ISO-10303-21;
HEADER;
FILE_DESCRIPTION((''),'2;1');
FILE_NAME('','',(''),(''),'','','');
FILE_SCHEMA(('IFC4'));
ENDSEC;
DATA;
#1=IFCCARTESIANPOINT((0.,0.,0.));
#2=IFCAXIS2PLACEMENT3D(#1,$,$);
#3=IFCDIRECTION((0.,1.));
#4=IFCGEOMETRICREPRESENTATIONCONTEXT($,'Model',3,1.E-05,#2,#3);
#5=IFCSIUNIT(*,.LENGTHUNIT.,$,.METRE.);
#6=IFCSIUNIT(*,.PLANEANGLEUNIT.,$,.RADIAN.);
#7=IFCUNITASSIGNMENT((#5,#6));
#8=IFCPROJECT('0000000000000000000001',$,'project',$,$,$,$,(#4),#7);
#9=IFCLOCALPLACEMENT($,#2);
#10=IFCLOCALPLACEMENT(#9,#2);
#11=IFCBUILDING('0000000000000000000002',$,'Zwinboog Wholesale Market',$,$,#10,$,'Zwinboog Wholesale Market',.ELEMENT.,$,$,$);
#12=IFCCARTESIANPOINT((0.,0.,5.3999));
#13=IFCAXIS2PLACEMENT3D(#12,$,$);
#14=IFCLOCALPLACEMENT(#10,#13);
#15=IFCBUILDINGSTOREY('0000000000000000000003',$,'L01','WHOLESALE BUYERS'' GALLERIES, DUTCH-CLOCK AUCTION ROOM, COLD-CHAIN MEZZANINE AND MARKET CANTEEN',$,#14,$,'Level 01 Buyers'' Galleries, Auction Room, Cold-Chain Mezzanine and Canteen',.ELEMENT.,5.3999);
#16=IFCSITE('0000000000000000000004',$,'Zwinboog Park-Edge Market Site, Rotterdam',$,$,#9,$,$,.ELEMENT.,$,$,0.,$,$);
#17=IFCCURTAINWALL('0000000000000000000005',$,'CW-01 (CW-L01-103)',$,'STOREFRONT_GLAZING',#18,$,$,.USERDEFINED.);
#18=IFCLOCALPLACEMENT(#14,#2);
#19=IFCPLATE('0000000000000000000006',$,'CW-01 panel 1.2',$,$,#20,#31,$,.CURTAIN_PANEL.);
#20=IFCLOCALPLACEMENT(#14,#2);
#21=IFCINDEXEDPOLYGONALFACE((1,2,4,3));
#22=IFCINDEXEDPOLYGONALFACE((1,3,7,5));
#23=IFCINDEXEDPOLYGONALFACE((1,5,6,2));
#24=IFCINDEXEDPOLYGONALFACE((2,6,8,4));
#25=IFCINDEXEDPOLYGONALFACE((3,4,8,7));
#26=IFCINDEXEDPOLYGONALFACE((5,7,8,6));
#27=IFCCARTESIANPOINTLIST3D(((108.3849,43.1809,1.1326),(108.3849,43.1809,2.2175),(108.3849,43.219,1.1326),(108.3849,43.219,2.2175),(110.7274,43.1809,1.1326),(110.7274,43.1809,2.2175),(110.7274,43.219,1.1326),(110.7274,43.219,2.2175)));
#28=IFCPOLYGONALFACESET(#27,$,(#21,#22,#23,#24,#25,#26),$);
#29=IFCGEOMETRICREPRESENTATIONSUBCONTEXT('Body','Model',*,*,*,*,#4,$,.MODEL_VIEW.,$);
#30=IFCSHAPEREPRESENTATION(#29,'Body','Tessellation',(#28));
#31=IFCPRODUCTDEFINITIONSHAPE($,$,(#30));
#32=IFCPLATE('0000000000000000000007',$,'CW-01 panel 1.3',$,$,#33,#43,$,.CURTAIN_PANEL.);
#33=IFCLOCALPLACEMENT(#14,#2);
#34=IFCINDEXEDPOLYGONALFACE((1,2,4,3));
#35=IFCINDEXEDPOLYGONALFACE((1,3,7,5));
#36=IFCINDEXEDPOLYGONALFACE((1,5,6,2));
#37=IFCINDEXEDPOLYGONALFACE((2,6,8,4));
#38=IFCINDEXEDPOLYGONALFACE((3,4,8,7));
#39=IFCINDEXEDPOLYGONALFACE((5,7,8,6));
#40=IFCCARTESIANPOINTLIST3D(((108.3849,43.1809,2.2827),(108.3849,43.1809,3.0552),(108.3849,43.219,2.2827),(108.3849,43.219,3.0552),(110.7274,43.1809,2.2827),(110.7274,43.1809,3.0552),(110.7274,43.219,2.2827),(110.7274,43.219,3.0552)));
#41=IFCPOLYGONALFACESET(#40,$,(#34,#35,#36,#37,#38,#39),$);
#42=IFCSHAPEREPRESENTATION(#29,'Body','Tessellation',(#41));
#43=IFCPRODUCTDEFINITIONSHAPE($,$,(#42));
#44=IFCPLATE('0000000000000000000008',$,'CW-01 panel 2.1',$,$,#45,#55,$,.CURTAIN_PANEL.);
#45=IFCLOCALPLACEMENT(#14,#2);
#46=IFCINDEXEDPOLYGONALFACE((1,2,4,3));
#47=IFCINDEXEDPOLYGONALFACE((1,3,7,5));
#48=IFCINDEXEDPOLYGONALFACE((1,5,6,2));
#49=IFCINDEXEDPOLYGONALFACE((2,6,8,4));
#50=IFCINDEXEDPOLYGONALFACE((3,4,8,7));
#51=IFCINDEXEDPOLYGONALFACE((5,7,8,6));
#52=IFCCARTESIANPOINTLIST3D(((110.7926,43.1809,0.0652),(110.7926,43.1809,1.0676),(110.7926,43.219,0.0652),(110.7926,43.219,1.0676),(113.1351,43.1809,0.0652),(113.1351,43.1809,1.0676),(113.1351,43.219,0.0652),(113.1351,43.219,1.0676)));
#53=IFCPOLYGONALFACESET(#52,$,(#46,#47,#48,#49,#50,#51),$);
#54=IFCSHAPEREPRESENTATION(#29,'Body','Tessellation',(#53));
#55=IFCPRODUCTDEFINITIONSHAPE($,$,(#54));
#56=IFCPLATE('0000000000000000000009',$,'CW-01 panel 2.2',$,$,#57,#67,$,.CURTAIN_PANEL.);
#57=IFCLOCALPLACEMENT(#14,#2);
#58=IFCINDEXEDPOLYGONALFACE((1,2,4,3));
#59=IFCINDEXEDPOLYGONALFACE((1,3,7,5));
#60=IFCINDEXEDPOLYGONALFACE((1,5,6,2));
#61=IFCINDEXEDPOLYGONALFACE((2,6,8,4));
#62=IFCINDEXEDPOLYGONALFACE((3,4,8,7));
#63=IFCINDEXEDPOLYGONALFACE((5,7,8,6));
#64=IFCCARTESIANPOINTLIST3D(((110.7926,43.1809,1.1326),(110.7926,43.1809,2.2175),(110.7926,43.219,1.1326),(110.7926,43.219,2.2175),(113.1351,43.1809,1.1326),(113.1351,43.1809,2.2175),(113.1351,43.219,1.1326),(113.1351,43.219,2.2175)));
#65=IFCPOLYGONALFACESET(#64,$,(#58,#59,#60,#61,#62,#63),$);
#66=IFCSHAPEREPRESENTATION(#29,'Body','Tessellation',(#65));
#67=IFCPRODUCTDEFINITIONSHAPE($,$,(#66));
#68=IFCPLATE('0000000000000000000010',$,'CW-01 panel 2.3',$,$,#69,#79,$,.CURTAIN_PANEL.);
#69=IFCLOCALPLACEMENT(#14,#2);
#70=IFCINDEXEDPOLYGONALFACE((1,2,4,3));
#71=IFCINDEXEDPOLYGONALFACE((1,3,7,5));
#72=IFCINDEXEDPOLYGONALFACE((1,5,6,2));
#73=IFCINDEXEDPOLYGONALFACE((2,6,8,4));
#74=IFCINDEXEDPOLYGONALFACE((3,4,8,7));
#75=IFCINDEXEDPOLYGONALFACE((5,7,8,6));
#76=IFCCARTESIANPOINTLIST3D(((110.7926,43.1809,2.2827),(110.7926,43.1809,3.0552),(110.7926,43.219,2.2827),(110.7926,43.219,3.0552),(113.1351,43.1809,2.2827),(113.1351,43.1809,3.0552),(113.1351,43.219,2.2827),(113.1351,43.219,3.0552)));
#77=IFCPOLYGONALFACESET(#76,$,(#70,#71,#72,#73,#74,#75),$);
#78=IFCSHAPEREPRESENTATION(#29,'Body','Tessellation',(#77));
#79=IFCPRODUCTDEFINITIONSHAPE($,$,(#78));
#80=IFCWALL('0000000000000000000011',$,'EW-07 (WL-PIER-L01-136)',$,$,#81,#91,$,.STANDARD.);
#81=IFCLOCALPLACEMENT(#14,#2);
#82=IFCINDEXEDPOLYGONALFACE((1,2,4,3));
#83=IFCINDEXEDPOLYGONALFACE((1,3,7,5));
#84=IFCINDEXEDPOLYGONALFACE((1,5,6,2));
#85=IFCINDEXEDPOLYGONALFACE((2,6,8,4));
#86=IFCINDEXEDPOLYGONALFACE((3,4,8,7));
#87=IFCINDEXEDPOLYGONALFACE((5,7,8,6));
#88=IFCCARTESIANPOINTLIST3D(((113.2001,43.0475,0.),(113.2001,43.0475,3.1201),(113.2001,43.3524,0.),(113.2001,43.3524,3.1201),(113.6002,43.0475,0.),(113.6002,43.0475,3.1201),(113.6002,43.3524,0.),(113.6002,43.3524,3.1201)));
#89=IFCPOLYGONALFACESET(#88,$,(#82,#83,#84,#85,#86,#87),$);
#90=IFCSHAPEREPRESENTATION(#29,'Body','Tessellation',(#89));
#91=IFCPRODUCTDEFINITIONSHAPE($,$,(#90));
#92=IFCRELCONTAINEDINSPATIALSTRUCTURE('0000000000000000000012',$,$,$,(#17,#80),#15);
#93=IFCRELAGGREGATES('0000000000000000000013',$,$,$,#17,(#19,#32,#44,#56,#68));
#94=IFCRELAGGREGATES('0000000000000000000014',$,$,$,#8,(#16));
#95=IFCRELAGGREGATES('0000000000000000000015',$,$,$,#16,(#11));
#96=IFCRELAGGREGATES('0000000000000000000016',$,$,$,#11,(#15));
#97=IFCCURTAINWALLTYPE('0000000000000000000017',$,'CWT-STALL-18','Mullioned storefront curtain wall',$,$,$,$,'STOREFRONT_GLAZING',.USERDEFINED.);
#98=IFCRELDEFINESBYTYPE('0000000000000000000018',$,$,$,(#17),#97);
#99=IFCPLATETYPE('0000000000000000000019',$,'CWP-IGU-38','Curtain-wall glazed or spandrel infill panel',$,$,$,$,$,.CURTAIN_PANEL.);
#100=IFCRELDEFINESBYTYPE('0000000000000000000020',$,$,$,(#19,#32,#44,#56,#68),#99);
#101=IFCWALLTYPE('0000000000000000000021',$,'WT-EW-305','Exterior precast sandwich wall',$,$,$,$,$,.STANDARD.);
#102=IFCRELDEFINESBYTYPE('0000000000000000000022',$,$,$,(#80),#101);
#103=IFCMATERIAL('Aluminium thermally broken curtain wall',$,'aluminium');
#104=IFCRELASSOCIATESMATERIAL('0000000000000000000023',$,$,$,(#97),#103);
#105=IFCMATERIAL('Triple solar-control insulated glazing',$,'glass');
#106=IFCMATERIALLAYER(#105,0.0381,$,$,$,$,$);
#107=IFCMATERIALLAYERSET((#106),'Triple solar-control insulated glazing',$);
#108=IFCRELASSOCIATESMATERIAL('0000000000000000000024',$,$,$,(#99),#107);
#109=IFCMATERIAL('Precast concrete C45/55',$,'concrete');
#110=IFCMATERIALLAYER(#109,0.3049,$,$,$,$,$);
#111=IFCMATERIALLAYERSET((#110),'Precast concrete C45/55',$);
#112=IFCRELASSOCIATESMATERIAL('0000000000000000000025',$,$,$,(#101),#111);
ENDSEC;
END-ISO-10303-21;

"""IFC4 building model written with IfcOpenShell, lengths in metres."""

from ifc_helpers import new_model, si_unit, direction, frame, frame_2d, origin, origin_2d, place, context, subcontext, project, spatial, rectangle, extrude, material, layer, layer_set, type_object, element, aggregate, save


model = new_model("IFC4")

# Units and contexts
model_context = context("Model", 3, precision=1e-05, world=origin(), true_north=direction((0.0, 1.0)))
body_context = subcontext(model_context, "Body", "Model", "MODEL_VIEW")
ifc_project = project(units=[si_unit("LENGTHUNIT", "METRE"), si_unit("PLANEANGLEUNIT", "RADIAN")], contexts=[model_context])

# Site, building, storey
site_placement = place(None, origin())
site = spatial("IfcSite", under=ifc_project, at=site_placement, Name="Zwinboog Park-Edge Market Site, Rotterdam", CompositionType="ELEMENT", RefElevation=0.0)
building_placement = place(site_placement, origin())
building = spatial("IfcBuilding", under=site, at=building_placement, Name="Zwinboog Wholesale Market", LongName="Zwinboog Wholesale Market", CompositionType="ELEMENT")
storey_placement = place(building_placement, frame((0.0, 0.0, 5.3999)))
storey = spatial("IfcBuildingStorey", under=building, at=storey_placement, Name="L01", Description="WHOLESALE BUYERS' GALLERIES, DUTCH-CLOCK AUCTION ROOM, COLD-CHAIN MEZZANINE AND MARKET CANTEEN", LongName="Level 01 Buyers' Galleries, Auction Room, Cold-Chain Mezzanine and Canteen", CompositionType="ELEMENT", Elevation=5.3999)

# Curtain wall
ifc_material_1 = material(Name="Aluminium thermally broken curtain wall", Category="aluminium")
curtain_wall_type_1 = type_object("IfcCurtainWallType", Name="CWT-STALL-18", Description="Mullioned storefront curtain wall", ElementType="STOREFRONT_GLAZING", PredefinedType="USERDEFINED", material=ifc_material_1)
curtain_wall_1_placement = place(storey_placement, origin())
curtain_wall_1 = element("IfcCurtainWall", 1, at=curtain_wall_1_placement, inside=storey, type_object=curtain_wall_type_1, Name="CW-01 (CW-L01-103)", ObjectType="STOREFRONT_GLAZING", PredefinedType="USERDEFINED")

# Plates
ifc_material_2 = material(Name="Triple solar-control insulated glazing", Category="glass")
ifc_layer_1 = layer(ifc_material_2, 0.0381)
ifc_layer_set_1 = layer_set([ifc_layer_1], Name="Triple solar-control insulated glazing")
plate_type = type_object("IfcPlateType", Name="CWP-IGU-38", Description="Curtain-wall glazed or spandrel infill panel", PredefinedType="CURTAIN_PANEL", material=ifc_layer_set_1)
plate_1_placement = place(storey_placement, frame((109.5562, 43.2, 1.1326), z_axis=(0.0, 0.0, 1.0), x_axis=(1.0, 0.0, 0.0)))
plate_1 = element("IfcPlate", 2, at=plate_1_placement, type_object=plate_type, Name="CW-01 panel 1.2", PredefinedType="CURTAIN_PANEL", context=body_context, shape_type="SweptSolid", body=[
    extrude(rectangle(XDim=2.3425, YDim=0.0381, at=origin_2d()), origin(), (0.0, 0.0, 1.0), 1.085),
])
plate_2_placement = place(storey_placement, frame((109.5562, 43.2, 2.2827), z_axis=(0.0, 0.0, 1.0), x_axis=(1.0, 0.0, 0.0)))
plate_2 = element("IfcPlate", 3, at=plate_2_placement, type_object=plate_type, Name="CW-01 panel 1.3", PredefinedType="CURTAIN_PANEL", context=body_context, shape_type="SweptSolid", body=[
    extrude(rectangle(XDim=2.3425, YDim=0.0381, at=origin_2d()), origin(), (0.0, 0.0, 1.0), 0.7725),
])
plate_3_placement = place(storey_placement, frame((111.9639, 43.2, 0.0652), z_axis=(0.0, 0.0, 1.0), x_axis=(1.0, 0.0, 0.0)))
plate_3 = element("IfcPlate", 4, at=plate_3_placement, type_object=plate_type, Name="CW-01 panel 2.1", PredefinedType="CURTAIN_PANEL", context=body_context, shape_type="SweptSolid", body=[
    extrude(rectangle(XDim=2.3425, YDim=0.0381, at=origin_2d()), origin(), (0.0, 0.0, 1.0), 1.0024),
])
plate_4_placement = place(storey_placement, frame((111.9639, 43.2, 1.1326), z_axis=(0.0, 0.0, 1.0), x_axis=(1.0, 0.0, 0.0)))
plate_4 = element("IfcPlate", 5, at=plate_4_placement, type_object=plate_type, Name="CW-01 panel 2.2", PredefinedType="CURTAIN_PANEL", context=body_context, shape_type="SweptSolid", body=[
    extrude(rectangle(XDim=2.3425, YDim=0.0381, at=origin_2d()), origin(), (0.0, 0.0, 1.0), 1.085),
])
plate_5_placement = place(storey_placement, frame((111.9639, 43.2, 2.2827), z_axis=(0.0, 0.0, 1.0), x_axis=(1.0, 0.0, 0.0)))
plate_5 = element("IfcPlate", 6, at=plate_5_placement, type_object=plate_type, Name="CW-01 panel 2.3", PredefinedType="CURTAIN_PANEL", context=body_context, shape_type="SweptSolid", body=[
    extrude(rectangle(XDim=2.3425, YDim=0.0381, at=origin_2d()), origin(), (0.0, 0.0, 1.0), 0.7725),
])
aggregate(curtain_wall_1, [plate_1, plate_2, plate_3, plate_4, plate_5])

# Wall
ifc_material_3 = material(Name="Precast concrete C45/55", Category="concrete")
ifc_layer_2 = layer(ifc_material_3, 0.3049)
ifc_layer_set_2 = layer_set([ifc_layer_2], Name="Precast concrete C45/55")
wall_type = type_object("IfcWallType", Name="WT-EW-305", Description="Exterior precast sandwich wall", PredefinedType="STANDARD", material=ifc_layer_set_2)
wall_placement = place(storey_placement, frame((113.2, 43.2, 0.0), z_axis=(0.0, 0.0, 1.0), x_axis=(1.0, 0.0, 0.0)))
element("IfcWall", 7, at=wall_placement, inside=storey, type_object=wall_type, Name="EW-07 (WL-PIER-L01-136)", PredefinedType="STANDARD", context=body_context, shape_type="SweptSolid", body=[
    extrude(rectangle(XDim=0.4001, YDim=0.3049, at=frame_2d((0.2002, 0.0))), origin(), (0.0, 0.0, 1.0), 3.1201),
])

save(model, "model.ifc")
